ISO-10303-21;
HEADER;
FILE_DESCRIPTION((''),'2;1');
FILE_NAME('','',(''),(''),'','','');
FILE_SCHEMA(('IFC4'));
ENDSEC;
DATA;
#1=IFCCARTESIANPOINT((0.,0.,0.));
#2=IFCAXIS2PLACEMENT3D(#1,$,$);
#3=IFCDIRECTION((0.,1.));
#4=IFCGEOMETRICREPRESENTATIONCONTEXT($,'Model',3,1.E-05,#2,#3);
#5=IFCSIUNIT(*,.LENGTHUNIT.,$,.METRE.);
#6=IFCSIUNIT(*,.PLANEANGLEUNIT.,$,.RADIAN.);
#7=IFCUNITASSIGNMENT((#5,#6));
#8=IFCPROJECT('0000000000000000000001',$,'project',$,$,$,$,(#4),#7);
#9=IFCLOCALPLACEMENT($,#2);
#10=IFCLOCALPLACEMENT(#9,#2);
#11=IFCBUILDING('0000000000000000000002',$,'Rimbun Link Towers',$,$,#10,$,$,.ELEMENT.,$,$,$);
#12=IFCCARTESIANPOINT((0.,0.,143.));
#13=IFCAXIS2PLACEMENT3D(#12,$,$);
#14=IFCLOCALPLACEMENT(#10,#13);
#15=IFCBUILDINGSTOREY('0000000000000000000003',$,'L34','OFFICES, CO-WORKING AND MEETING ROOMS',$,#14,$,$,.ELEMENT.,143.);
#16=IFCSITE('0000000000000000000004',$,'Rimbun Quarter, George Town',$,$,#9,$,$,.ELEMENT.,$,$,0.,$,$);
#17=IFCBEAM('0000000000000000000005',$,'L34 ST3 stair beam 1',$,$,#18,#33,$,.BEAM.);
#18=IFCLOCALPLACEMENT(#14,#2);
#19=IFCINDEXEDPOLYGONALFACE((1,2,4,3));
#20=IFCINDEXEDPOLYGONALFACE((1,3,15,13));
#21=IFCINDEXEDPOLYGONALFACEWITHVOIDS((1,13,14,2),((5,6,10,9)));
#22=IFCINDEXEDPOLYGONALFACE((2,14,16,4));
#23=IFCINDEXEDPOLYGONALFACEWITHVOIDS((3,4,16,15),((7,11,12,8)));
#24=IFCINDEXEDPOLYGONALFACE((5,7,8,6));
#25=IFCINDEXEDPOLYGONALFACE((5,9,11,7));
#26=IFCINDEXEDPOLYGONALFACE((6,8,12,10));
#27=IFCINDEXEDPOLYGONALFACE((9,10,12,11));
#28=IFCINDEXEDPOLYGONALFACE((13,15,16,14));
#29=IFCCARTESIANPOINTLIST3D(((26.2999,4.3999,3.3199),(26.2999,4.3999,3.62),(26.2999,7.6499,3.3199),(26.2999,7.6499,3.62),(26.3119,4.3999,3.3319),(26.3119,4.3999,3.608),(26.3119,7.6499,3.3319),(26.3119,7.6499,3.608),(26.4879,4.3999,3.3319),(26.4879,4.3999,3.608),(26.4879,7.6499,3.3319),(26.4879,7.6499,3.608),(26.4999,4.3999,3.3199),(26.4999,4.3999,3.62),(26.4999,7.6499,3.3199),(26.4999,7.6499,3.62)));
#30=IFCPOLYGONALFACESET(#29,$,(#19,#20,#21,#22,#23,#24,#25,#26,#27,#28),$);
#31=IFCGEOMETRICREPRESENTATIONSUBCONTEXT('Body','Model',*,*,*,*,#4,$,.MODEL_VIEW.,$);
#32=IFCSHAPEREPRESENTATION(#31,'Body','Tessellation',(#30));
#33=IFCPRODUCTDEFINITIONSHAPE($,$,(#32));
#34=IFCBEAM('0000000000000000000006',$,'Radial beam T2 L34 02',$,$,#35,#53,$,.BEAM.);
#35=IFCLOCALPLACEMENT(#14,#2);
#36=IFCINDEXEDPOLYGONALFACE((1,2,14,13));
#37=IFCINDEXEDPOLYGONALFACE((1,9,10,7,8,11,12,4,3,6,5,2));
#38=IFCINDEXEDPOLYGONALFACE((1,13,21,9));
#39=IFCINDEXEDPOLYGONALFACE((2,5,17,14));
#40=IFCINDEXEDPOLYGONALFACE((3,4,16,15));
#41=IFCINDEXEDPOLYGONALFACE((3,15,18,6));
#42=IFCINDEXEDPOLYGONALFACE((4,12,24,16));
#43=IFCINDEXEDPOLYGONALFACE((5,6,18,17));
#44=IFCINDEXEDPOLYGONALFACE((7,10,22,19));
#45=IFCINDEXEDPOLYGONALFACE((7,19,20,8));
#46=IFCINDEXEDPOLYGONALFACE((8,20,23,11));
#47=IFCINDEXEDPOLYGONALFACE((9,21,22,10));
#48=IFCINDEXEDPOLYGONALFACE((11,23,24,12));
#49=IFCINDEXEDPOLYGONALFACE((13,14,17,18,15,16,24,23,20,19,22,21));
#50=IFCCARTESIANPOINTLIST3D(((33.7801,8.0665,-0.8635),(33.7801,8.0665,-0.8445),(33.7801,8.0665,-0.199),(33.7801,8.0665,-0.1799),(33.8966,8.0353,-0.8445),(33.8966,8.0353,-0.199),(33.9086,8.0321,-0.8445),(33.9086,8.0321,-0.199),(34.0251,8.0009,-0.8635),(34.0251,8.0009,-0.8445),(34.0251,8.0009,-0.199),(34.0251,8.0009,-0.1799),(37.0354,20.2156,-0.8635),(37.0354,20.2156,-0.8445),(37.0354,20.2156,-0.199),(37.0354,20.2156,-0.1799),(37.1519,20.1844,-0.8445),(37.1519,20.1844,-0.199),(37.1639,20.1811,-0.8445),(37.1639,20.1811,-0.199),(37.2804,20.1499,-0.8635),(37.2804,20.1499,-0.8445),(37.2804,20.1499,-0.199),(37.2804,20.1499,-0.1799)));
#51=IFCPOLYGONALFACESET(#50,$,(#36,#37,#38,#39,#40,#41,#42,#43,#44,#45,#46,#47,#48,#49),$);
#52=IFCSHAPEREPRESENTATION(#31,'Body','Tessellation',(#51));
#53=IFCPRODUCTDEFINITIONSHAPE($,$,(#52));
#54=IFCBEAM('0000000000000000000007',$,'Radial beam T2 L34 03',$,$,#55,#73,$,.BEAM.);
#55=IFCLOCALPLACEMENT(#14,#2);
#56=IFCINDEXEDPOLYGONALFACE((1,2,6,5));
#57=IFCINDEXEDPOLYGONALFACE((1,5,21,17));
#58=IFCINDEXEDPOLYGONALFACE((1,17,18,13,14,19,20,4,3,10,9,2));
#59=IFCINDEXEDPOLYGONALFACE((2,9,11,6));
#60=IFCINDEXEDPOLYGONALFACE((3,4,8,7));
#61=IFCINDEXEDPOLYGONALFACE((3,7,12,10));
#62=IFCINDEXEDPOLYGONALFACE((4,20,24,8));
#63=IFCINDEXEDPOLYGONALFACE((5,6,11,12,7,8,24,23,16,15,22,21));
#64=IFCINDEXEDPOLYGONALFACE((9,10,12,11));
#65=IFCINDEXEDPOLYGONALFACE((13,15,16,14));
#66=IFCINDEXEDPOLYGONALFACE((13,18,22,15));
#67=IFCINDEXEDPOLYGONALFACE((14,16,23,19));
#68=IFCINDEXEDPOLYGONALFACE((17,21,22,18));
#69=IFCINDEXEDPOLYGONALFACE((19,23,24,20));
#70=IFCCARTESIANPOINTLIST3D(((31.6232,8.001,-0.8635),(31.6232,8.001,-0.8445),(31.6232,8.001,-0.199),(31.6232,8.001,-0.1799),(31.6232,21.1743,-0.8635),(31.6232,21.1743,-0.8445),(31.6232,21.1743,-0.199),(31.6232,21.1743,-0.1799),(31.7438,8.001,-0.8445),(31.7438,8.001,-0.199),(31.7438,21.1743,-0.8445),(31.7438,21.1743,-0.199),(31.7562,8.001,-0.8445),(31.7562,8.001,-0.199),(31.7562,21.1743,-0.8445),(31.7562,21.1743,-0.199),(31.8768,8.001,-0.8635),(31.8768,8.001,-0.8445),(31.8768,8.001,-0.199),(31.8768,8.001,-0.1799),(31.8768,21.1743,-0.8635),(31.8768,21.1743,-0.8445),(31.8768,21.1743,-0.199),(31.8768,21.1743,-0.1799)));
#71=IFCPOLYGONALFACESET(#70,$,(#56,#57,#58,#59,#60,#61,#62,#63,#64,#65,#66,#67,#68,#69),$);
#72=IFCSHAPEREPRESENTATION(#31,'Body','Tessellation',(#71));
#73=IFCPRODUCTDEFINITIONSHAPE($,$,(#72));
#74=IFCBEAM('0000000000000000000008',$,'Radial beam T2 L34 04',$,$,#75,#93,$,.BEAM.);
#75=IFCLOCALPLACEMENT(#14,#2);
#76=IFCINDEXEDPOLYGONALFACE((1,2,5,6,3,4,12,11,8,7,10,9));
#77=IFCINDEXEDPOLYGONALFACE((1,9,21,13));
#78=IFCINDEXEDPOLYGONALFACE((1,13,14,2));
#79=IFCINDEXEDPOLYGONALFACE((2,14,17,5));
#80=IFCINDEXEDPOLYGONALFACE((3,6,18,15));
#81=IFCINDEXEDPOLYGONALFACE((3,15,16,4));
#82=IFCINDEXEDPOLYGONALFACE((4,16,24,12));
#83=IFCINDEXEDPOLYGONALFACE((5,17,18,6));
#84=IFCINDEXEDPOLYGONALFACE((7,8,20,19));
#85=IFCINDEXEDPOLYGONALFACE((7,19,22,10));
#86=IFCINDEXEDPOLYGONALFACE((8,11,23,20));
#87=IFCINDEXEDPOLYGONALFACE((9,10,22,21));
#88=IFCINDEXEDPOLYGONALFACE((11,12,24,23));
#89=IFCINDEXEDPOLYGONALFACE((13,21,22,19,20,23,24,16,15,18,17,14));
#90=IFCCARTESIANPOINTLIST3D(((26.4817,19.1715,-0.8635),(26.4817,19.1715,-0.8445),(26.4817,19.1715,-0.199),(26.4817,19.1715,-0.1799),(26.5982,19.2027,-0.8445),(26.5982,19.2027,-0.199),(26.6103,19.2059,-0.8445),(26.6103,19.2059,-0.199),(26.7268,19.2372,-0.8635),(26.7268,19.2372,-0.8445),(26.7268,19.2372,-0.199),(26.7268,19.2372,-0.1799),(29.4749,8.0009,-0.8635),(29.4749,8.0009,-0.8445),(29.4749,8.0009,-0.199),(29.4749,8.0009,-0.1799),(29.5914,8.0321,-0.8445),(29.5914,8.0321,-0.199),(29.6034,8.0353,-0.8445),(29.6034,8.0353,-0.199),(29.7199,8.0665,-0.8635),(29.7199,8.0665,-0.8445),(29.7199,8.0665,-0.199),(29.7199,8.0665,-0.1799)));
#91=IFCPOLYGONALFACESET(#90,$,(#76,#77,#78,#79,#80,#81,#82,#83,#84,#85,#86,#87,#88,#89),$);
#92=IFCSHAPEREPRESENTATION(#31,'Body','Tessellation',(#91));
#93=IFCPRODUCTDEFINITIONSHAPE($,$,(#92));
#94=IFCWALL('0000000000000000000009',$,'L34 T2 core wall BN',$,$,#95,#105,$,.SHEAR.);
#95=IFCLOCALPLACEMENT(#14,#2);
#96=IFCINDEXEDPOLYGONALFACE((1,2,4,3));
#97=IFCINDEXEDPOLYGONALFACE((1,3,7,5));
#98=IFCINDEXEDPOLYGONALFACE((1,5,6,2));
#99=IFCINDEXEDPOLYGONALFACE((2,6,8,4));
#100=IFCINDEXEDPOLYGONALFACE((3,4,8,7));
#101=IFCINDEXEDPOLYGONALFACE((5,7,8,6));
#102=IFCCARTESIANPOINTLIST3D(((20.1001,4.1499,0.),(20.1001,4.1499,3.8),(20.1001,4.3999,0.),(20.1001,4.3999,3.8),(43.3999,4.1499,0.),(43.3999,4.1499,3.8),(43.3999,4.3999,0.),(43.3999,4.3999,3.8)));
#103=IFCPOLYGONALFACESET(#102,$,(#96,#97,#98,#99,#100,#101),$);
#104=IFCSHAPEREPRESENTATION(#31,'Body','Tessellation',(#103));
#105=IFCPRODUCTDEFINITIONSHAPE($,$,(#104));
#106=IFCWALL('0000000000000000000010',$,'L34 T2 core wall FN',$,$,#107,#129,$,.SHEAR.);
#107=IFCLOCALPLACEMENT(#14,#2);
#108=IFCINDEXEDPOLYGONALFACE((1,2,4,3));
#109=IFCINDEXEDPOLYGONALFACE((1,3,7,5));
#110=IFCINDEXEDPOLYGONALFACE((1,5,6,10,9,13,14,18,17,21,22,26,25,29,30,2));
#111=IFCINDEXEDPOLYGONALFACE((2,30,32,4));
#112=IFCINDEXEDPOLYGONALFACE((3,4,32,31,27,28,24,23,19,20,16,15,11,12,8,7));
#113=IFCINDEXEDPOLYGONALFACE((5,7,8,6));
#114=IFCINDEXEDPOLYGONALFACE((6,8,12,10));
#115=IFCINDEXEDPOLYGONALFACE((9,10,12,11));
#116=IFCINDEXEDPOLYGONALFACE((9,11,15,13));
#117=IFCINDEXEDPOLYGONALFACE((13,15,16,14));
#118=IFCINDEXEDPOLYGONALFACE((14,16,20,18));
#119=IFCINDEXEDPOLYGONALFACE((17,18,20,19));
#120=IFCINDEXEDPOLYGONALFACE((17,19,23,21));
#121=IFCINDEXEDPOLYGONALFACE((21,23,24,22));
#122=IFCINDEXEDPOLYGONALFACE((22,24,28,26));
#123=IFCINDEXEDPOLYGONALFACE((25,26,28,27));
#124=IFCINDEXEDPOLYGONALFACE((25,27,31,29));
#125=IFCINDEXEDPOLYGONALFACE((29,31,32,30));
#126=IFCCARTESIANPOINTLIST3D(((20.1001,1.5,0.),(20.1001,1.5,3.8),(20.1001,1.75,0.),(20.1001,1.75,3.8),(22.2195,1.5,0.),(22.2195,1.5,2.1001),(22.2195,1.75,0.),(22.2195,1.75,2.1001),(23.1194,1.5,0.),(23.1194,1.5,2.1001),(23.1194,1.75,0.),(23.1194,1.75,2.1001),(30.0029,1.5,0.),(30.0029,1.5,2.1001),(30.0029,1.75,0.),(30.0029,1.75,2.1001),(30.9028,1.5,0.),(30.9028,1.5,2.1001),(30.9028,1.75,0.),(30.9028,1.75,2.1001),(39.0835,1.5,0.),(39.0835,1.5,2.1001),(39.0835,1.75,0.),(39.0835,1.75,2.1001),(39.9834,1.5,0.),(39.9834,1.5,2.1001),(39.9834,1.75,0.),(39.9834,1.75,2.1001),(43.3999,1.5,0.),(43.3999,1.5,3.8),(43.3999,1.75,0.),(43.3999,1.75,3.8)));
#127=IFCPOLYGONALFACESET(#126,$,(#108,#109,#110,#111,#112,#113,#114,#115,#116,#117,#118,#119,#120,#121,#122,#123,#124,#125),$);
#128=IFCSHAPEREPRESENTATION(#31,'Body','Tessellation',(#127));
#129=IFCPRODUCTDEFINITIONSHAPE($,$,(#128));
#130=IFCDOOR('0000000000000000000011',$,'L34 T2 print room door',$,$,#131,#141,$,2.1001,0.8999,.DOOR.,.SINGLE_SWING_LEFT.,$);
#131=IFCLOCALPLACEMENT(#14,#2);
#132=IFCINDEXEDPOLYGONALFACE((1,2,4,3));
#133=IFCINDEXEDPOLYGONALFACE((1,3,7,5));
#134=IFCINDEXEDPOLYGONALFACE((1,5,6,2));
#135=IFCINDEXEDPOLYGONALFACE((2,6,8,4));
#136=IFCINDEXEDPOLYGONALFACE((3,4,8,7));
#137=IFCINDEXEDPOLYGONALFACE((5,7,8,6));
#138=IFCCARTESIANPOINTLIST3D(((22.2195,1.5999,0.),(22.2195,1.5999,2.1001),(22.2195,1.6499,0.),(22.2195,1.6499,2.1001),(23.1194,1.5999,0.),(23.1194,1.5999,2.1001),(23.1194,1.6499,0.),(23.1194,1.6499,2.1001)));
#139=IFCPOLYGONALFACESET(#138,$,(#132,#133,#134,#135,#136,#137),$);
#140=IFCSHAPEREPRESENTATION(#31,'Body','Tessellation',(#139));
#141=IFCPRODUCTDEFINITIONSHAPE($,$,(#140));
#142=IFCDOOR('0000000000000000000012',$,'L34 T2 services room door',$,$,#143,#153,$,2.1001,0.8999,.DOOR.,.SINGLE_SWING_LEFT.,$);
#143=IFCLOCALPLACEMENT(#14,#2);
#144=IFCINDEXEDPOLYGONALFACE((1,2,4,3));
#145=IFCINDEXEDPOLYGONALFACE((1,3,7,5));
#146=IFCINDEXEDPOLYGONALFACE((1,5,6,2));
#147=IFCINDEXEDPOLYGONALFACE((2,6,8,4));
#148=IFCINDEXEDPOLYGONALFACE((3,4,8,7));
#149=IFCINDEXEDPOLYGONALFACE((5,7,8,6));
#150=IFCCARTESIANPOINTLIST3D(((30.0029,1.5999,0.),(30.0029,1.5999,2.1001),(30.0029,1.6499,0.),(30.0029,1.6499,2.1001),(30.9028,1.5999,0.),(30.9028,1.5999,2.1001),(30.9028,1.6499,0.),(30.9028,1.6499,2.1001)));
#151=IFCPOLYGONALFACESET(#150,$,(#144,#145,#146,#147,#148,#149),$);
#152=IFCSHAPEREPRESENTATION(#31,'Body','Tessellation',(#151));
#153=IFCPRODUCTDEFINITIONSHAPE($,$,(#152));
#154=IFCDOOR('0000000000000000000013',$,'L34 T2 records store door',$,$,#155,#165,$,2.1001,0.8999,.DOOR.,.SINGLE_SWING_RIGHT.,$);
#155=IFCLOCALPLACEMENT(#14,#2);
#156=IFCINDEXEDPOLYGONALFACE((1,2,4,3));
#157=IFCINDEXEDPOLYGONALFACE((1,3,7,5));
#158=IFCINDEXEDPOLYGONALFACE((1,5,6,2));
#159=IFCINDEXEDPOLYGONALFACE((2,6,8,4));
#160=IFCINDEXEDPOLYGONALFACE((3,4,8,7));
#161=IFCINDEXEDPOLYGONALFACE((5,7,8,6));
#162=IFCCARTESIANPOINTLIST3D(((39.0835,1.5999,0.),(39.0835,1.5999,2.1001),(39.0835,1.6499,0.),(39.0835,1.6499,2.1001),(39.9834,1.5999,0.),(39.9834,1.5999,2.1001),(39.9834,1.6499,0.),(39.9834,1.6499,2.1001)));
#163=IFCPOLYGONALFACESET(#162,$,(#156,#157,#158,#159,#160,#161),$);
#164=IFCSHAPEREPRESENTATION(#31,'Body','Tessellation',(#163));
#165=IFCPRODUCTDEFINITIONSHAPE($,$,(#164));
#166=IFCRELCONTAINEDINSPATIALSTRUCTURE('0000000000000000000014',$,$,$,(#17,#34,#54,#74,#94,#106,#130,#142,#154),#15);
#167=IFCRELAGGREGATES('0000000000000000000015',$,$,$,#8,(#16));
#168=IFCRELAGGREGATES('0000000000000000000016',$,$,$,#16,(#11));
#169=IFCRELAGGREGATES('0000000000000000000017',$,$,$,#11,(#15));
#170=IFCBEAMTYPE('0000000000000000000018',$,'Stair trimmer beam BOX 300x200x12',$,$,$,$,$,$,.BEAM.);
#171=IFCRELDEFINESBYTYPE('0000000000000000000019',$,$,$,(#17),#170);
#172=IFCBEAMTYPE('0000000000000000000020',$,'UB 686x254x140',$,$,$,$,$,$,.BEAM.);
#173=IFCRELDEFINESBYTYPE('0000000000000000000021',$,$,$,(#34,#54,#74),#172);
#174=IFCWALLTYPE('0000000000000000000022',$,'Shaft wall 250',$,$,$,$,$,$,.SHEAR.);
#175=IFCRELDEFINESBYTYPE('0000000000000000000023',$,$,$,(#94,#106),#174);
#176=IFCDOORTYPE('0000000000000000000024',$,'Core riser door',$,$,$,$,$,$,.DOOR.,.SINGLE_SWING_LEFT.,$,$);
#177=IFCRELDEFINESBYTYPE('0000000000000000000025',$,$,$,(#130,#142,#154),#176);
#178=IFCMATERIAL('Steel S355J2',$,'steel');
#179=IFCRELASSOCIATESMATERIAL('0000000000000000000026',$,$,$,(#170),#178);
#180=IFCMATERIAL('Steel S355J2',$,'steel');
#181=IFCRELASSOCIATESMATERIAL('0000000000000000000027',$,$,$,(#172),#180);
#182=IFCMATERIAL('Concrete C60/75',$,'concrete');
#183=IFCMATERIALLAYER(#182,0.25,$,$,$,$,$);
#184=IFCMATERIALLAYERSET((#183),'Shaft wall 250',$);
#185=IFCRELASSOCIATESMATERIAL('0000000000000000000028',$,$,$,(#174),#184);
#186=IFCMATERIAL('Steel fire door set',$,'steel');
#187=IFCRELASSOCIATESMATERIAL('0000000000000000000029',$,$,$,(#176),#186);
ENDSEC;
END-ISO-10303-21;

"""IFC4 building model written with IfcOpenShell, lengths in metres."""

from ifc_helpers import new_model, si_unit, direction, frame, frame_2d, origin, origin_2d, place, context, subcontext, project, spatial, rectangle, hollow_rectangle, i_section, extrude, material, layer, layer_set, material_profile, profile_set, type_object, element, fill, save


model = new_model("IFC4")

# Units and contexts
model_context = context("Model", 3, precision=1e-05, world=origin(), true_north=direction((0.0, 1.0)))
body_context = subcontext(model_context, "Body", "Model", "MODEL_VIEW")
ifc_project = project(units=[si_unit("LENGTHUNIT", "METRE"), si_unit("PLANEANGLEUNIT", "RADIAN")], contexts=[model_context])

# Site, building, storey
site_placement = place(None, origin())
site = spatial("IfcSite", under=ifc_project, at=site_placement, Name="Rimbun Quarter, George Town", CompositionType="ELEMENT", RefElevation=0.0)
building_placement = place(site_placement, origin())
building = spatial("IfcBuilding", under=site, at=building_placement, Name="Rimbun Link Towers", CompositionType="ELEMENT")
storey_placement = place(building_placement, frame((0.0, 0.0, 143.0)))
storey = spatial("IfcBuildingStorey", under=building, at=storey_placement, Name="L34", Description="OFFICES, CO-WORKING AND MEETING ROOMS", CompositionType="ELEMENT", Elevation=143.0)

# Beams
ifc_material_1 = material(Name="Steel S355J2", Category="steel")
ifc_material_profile_1 = material_profile(ifc_material_1, hollow_rectangle(XDim=0.2, YDim=0.3, WallThickness=0.012, at=origin_2d()), Name="BOX 300x200x12")
ifc_profile_set_1 = profile_set([ifc_material_profile_1], Name="Steel S355J2")
beam_type_1 = type_object("IfcBeamType", Name="Stair trimmer beam BOX 300x200x12", PredefinedType="BEAM", material=ifc_profile_set_1)
beam_1_placement = place(storey_placement, frame((26.3999, 7.6499, 3.47), z_axis=(0.0, -1.0, 0.0), x_axis=(1.0, 0.0, 0.0)))
element("IfcBeam", 1, at=beam_1_placement, inside=storey, type_object=beam_type_1, Name="L34 ST3 stair beam 1", PredefinedType="BEAM", context=body_context, shape_type="SweptSolid", body=[
    extrude(hollow_rectangle(XDim=0.2, YDim=0.3, WallThickness=0.012, at=origin_2d()), origin(), (0.0, 0.0, 1.0), 3.25),
])
ifc_material_2 = material(Name="Steel S355J2", Category="steel")
ifc_material_profile_2 = material_profile(ifc_material_2, i_section(OverallWidth=0.2537, OverallDepth=0.6836, WebThickness=0.0125, FlangeThickness=0.019, at=origin_2d()), Name="UB 686x254x140")
ifc_profile_set_2 = profile_set([ifc_material_profile_2], Name="Steel S355J2")
beam_type_2 = type_object("IfcBeamType", Name="UB 686x254x140", PredefinedType="BEAM", material=ifc_profile_set_2)
beam_2_placement = place(storey_placement, frame((33.9026, 8.0337, -0.5217), z_axis=(0.25882, 0.965926, 0.0), x_axis=(-0.965926, 0.25882, 0.0)))
element("IfcBeam", 2, at=beam_2_placement, inside=storey, type_object=beam_type_2, Name="Radial beam T2 L34 02", PredefinedType="BEAM", context=body_context, shape_type="SweptSolid", body=[
    extrude(i_section(OverallWidth=0.2537, OverallDepth=0.6836, WebThickness=0.0125, FlangeThickness=0.019, at=origin_2d()), origin(), (0.0, 0.0, 1.0), 12.5776),
])
beam_3_placement = place(storey_placement, frame((31.75, 8.001, -0.5217), z_axis=(0.0, 1.0, 0.0), x_axis=(-1.0, 0.0, 0.0)))
element("IfcBeam", 3, at=beam_3_placement, inside=storey, type_object=beam_type_2, Name="Radial beam T2 L34 03", PredefinedType="BEAM", context=body_context, shape_type="SweptSolid", body=[
    extrude(i_section(OverallWidth=0.2537, OverallDepth=0.6836, WebThickness=0.0125, FlangeThickness=0.019, at=origin_2d()), origin(), (0.0, 0.0, 1.0), 13.1733),
])
beam_4_placement = place(storey_placement, frame((29.5974, 8.0337, -0.5217), z_axis=(-0.258819, 0.965926, 0.0), x_axis=(-0.965926, -0.258819, 0.0)))
element("IfcBeam", 4, at=beam_4_placement, inside=storey, type_object=beam_type_2, Name="Radial beam T2 L34 04", PredefinedType="BEAM", context=body_context, shape_type="SweptSolid", body=[
    extrude(i_section(OverallWidth=0.2537, OverallDepth=0.6836, WebThickness=0.0125, FlangeThickness=0.019, at=origin_2d()), origin(), (0.0, 0.0, 1.0), 11.5647),
])

# Wall
ifc_material_3 = material(Name="Concrete C60/75", Category="concrete")
ifc_layer = layer(ifc_material_3, 0.25)
ifc_layer_set = layer_set([ifc_layer], Name="Shaft wall 250")
wall_type = type_object("IfcWallType", Name="Shaft wall 250", PredefinedType="SHEAR", material=ifc_layer_set)
wall_1_placement = place(storey_placement, frame((20.1001, 4.2749, 0.0), z_axis=(0.0, 0.0, 1.0), x_axis=(1.0, 0.0, 0.0)))
element("IfcWall", 5, at=wall_1_placement, inside=storey, type_object=wall_type, Name="L34 T2 core wall BN", PredefinedType="SHEAR", context=body_context, shape_type="SweptSolid", body=[
    extrude(rectangle(XDim=23.2998, YDim=0.25, at=frame_2d((11.6499, 0.0))), origin(), (0.0, 0.0, 1.0), 3.8),
])

# Wall, openings, doors
wall_2_placement = place(storey_placement, frame((20.1001, 1.625, 0.0), z_axis=(0.0, 0.0, 1.0), x_axis=(1.0, 0.0, 0.0)))
wall_2 = element("IfcWall", 6, at=wall_2_placement, inside=storey, type_object=wall_type, Name="L34 T2 core wall FN", PredefinedType="SHEAR", context=body_context, shape_type="SweptSolid", body=[
    extrude(rectangle(XDim=23.2998, YDim=0.25, at=frame_2d((11.6499, 0.0))), origin(), (0.0, 0.0, 1.0), 3.8),
])
opening_1_placement = place(wall_2_placement, frame((2.1194, 0.0, 0.0)))
opening_1 = element("IfcOpeningElement", 7, at=opening_1_placement, cuts=wall_2, PredefinedType="OPENING", context=body_context, shape_type="SweptSolid", body=[
    extrude(rectangle(XDim=0.8999, YDim=2.1001, at=frame_2d((0.45, 1.05))), frame((0.0, 0.135, 0.0), z_axis=(0.0, -1.0, 0.0), x_axis=(1.0, 0.0, 0.0)), (0.0, 0.0, 1.0), 0.27),
])
opening_2_placement = place(wall_2_placement, frame((9.9028, 0.0, 0.0)))
opening_2 = element("IfcOpeningElement", 8, at=opening_2_placement, cuts=wall_2, PredefinedType="OPENING", context=body_context, shape_type="SweptSolid", body=[
    extrude(rectangle(XDim=0.8999, YDim=2.1001, at=frame_2d((0.45, 1.05))), frame((0.0, 0.135, 0.0), z_axis=(0.0, -1.0, 0.0), x_axis=(1.0, 0.0, 0.0)), (0.0, 0.0, 1.0), 0.27),
])
opening_3_placement = place(wall_2_placement, frame((18.9834, 0.0, 0.0)))
opening_3 = element("IfcOpeningElement", 9, at=opening_3_placement, cuts=wall_2, PredefinedType="OPENING", context=body_context, shape_type="SweptSolid", body=[
    extrude(rectangle(XDim=0.8999, YDim=2.1001, at=frame_2d((0.45, 1.05))), frame((0.0, 0.135, 0.0), z_axis=(0.0, -1.0, 0.0), x_axis=(1.0, 0.0, 0.0)), (0.0, 0.0, 1.0), 0.27),
])
ifc_material_4 = material(Name="Steel fire door set", Category="steel")
door_type_1 = type_object("IfcDoorType", Name="Core riser door", OperationType="SINGLE_SWING_LEFT", PredefinedType="DOOR", material=ifc_material_4)
door_1_placement = place(opening_1_placement, origin())
door_1 = element("IfcDoor", 10, at=door_1_placement, inside=storey, type_object=door_type_1, Name="L34 T2 print room door", OperationType="SINGLE_SWING_LEFT", OverallHeight=2.1001, OverallWidth=0.8999, PredefinedType="DOOR", context=body_context, shape_type="SweptSolid", body=[
    extrude(rectangle(XDim=0.8999, YDim=2.1001, at=frame_2d((0.45, 1.05))), frame((0.0, 0.0249, 0.0), z_axis=(0.0, -1.0, 0.0), x_axis=(1.0, 0.0, 0.0)), (0.0, 0.0, 1.0), 0.05),
])
fill(opening_1, door_1)
door_2_placement = place(opening_2_placement, origin())
door_2 = element("IfcDoor", 11, at=door_2_placement, inside=storey, type_object=door_type_1, Name="L34 T2 services room door", OperationType="SINGLE_SWING_LEFT", OverallHeight=2.1001, OverallWidth=0.8999, PredefinedType="DOOR", context=body_context, shape_type="SweptSolid", body=[
    extrude(rectangle(XDim=0.8999, YDim=2.1001, at=frame_2d((0.45, 1.05))), frame((0.0, 0.0249, 0.0), z_axis=(0.0, -1.0, 0.0), x_axis=(1.0, 0.0, 0.0)), (0.0, 0.0, 1.0), 0.05),
])
fill(opening_2, door_2)
door_3_placement = place(opening_3_placement, origin())
door_3 = element("IfcDoor", 12, at=door_3_placement, inside=storey, type_object=door_type_1, Name="L34 T2 records store door", OperationType="SINGLE_SWING_RIGHT", OverallHeight=2.1001, OverallWidth=0.8999, PredefinedType="DOOR", context=body_context, shape_type="SweptSolid", body=[
    extrude(rectangle(XDim=0.8999, YDim=2.1001, at=frame_2d((0.45, 1.05))), frame((0.0, 0.0249, 0.0), z_axis=(0.0, -1.0, 0.0), x_axis=(1.0, 0.0, 0.0)), (0.0, 0.0, 1.0), 0.05),
])
fill(opening_3, door_3)

save(model, "model.ifc")
